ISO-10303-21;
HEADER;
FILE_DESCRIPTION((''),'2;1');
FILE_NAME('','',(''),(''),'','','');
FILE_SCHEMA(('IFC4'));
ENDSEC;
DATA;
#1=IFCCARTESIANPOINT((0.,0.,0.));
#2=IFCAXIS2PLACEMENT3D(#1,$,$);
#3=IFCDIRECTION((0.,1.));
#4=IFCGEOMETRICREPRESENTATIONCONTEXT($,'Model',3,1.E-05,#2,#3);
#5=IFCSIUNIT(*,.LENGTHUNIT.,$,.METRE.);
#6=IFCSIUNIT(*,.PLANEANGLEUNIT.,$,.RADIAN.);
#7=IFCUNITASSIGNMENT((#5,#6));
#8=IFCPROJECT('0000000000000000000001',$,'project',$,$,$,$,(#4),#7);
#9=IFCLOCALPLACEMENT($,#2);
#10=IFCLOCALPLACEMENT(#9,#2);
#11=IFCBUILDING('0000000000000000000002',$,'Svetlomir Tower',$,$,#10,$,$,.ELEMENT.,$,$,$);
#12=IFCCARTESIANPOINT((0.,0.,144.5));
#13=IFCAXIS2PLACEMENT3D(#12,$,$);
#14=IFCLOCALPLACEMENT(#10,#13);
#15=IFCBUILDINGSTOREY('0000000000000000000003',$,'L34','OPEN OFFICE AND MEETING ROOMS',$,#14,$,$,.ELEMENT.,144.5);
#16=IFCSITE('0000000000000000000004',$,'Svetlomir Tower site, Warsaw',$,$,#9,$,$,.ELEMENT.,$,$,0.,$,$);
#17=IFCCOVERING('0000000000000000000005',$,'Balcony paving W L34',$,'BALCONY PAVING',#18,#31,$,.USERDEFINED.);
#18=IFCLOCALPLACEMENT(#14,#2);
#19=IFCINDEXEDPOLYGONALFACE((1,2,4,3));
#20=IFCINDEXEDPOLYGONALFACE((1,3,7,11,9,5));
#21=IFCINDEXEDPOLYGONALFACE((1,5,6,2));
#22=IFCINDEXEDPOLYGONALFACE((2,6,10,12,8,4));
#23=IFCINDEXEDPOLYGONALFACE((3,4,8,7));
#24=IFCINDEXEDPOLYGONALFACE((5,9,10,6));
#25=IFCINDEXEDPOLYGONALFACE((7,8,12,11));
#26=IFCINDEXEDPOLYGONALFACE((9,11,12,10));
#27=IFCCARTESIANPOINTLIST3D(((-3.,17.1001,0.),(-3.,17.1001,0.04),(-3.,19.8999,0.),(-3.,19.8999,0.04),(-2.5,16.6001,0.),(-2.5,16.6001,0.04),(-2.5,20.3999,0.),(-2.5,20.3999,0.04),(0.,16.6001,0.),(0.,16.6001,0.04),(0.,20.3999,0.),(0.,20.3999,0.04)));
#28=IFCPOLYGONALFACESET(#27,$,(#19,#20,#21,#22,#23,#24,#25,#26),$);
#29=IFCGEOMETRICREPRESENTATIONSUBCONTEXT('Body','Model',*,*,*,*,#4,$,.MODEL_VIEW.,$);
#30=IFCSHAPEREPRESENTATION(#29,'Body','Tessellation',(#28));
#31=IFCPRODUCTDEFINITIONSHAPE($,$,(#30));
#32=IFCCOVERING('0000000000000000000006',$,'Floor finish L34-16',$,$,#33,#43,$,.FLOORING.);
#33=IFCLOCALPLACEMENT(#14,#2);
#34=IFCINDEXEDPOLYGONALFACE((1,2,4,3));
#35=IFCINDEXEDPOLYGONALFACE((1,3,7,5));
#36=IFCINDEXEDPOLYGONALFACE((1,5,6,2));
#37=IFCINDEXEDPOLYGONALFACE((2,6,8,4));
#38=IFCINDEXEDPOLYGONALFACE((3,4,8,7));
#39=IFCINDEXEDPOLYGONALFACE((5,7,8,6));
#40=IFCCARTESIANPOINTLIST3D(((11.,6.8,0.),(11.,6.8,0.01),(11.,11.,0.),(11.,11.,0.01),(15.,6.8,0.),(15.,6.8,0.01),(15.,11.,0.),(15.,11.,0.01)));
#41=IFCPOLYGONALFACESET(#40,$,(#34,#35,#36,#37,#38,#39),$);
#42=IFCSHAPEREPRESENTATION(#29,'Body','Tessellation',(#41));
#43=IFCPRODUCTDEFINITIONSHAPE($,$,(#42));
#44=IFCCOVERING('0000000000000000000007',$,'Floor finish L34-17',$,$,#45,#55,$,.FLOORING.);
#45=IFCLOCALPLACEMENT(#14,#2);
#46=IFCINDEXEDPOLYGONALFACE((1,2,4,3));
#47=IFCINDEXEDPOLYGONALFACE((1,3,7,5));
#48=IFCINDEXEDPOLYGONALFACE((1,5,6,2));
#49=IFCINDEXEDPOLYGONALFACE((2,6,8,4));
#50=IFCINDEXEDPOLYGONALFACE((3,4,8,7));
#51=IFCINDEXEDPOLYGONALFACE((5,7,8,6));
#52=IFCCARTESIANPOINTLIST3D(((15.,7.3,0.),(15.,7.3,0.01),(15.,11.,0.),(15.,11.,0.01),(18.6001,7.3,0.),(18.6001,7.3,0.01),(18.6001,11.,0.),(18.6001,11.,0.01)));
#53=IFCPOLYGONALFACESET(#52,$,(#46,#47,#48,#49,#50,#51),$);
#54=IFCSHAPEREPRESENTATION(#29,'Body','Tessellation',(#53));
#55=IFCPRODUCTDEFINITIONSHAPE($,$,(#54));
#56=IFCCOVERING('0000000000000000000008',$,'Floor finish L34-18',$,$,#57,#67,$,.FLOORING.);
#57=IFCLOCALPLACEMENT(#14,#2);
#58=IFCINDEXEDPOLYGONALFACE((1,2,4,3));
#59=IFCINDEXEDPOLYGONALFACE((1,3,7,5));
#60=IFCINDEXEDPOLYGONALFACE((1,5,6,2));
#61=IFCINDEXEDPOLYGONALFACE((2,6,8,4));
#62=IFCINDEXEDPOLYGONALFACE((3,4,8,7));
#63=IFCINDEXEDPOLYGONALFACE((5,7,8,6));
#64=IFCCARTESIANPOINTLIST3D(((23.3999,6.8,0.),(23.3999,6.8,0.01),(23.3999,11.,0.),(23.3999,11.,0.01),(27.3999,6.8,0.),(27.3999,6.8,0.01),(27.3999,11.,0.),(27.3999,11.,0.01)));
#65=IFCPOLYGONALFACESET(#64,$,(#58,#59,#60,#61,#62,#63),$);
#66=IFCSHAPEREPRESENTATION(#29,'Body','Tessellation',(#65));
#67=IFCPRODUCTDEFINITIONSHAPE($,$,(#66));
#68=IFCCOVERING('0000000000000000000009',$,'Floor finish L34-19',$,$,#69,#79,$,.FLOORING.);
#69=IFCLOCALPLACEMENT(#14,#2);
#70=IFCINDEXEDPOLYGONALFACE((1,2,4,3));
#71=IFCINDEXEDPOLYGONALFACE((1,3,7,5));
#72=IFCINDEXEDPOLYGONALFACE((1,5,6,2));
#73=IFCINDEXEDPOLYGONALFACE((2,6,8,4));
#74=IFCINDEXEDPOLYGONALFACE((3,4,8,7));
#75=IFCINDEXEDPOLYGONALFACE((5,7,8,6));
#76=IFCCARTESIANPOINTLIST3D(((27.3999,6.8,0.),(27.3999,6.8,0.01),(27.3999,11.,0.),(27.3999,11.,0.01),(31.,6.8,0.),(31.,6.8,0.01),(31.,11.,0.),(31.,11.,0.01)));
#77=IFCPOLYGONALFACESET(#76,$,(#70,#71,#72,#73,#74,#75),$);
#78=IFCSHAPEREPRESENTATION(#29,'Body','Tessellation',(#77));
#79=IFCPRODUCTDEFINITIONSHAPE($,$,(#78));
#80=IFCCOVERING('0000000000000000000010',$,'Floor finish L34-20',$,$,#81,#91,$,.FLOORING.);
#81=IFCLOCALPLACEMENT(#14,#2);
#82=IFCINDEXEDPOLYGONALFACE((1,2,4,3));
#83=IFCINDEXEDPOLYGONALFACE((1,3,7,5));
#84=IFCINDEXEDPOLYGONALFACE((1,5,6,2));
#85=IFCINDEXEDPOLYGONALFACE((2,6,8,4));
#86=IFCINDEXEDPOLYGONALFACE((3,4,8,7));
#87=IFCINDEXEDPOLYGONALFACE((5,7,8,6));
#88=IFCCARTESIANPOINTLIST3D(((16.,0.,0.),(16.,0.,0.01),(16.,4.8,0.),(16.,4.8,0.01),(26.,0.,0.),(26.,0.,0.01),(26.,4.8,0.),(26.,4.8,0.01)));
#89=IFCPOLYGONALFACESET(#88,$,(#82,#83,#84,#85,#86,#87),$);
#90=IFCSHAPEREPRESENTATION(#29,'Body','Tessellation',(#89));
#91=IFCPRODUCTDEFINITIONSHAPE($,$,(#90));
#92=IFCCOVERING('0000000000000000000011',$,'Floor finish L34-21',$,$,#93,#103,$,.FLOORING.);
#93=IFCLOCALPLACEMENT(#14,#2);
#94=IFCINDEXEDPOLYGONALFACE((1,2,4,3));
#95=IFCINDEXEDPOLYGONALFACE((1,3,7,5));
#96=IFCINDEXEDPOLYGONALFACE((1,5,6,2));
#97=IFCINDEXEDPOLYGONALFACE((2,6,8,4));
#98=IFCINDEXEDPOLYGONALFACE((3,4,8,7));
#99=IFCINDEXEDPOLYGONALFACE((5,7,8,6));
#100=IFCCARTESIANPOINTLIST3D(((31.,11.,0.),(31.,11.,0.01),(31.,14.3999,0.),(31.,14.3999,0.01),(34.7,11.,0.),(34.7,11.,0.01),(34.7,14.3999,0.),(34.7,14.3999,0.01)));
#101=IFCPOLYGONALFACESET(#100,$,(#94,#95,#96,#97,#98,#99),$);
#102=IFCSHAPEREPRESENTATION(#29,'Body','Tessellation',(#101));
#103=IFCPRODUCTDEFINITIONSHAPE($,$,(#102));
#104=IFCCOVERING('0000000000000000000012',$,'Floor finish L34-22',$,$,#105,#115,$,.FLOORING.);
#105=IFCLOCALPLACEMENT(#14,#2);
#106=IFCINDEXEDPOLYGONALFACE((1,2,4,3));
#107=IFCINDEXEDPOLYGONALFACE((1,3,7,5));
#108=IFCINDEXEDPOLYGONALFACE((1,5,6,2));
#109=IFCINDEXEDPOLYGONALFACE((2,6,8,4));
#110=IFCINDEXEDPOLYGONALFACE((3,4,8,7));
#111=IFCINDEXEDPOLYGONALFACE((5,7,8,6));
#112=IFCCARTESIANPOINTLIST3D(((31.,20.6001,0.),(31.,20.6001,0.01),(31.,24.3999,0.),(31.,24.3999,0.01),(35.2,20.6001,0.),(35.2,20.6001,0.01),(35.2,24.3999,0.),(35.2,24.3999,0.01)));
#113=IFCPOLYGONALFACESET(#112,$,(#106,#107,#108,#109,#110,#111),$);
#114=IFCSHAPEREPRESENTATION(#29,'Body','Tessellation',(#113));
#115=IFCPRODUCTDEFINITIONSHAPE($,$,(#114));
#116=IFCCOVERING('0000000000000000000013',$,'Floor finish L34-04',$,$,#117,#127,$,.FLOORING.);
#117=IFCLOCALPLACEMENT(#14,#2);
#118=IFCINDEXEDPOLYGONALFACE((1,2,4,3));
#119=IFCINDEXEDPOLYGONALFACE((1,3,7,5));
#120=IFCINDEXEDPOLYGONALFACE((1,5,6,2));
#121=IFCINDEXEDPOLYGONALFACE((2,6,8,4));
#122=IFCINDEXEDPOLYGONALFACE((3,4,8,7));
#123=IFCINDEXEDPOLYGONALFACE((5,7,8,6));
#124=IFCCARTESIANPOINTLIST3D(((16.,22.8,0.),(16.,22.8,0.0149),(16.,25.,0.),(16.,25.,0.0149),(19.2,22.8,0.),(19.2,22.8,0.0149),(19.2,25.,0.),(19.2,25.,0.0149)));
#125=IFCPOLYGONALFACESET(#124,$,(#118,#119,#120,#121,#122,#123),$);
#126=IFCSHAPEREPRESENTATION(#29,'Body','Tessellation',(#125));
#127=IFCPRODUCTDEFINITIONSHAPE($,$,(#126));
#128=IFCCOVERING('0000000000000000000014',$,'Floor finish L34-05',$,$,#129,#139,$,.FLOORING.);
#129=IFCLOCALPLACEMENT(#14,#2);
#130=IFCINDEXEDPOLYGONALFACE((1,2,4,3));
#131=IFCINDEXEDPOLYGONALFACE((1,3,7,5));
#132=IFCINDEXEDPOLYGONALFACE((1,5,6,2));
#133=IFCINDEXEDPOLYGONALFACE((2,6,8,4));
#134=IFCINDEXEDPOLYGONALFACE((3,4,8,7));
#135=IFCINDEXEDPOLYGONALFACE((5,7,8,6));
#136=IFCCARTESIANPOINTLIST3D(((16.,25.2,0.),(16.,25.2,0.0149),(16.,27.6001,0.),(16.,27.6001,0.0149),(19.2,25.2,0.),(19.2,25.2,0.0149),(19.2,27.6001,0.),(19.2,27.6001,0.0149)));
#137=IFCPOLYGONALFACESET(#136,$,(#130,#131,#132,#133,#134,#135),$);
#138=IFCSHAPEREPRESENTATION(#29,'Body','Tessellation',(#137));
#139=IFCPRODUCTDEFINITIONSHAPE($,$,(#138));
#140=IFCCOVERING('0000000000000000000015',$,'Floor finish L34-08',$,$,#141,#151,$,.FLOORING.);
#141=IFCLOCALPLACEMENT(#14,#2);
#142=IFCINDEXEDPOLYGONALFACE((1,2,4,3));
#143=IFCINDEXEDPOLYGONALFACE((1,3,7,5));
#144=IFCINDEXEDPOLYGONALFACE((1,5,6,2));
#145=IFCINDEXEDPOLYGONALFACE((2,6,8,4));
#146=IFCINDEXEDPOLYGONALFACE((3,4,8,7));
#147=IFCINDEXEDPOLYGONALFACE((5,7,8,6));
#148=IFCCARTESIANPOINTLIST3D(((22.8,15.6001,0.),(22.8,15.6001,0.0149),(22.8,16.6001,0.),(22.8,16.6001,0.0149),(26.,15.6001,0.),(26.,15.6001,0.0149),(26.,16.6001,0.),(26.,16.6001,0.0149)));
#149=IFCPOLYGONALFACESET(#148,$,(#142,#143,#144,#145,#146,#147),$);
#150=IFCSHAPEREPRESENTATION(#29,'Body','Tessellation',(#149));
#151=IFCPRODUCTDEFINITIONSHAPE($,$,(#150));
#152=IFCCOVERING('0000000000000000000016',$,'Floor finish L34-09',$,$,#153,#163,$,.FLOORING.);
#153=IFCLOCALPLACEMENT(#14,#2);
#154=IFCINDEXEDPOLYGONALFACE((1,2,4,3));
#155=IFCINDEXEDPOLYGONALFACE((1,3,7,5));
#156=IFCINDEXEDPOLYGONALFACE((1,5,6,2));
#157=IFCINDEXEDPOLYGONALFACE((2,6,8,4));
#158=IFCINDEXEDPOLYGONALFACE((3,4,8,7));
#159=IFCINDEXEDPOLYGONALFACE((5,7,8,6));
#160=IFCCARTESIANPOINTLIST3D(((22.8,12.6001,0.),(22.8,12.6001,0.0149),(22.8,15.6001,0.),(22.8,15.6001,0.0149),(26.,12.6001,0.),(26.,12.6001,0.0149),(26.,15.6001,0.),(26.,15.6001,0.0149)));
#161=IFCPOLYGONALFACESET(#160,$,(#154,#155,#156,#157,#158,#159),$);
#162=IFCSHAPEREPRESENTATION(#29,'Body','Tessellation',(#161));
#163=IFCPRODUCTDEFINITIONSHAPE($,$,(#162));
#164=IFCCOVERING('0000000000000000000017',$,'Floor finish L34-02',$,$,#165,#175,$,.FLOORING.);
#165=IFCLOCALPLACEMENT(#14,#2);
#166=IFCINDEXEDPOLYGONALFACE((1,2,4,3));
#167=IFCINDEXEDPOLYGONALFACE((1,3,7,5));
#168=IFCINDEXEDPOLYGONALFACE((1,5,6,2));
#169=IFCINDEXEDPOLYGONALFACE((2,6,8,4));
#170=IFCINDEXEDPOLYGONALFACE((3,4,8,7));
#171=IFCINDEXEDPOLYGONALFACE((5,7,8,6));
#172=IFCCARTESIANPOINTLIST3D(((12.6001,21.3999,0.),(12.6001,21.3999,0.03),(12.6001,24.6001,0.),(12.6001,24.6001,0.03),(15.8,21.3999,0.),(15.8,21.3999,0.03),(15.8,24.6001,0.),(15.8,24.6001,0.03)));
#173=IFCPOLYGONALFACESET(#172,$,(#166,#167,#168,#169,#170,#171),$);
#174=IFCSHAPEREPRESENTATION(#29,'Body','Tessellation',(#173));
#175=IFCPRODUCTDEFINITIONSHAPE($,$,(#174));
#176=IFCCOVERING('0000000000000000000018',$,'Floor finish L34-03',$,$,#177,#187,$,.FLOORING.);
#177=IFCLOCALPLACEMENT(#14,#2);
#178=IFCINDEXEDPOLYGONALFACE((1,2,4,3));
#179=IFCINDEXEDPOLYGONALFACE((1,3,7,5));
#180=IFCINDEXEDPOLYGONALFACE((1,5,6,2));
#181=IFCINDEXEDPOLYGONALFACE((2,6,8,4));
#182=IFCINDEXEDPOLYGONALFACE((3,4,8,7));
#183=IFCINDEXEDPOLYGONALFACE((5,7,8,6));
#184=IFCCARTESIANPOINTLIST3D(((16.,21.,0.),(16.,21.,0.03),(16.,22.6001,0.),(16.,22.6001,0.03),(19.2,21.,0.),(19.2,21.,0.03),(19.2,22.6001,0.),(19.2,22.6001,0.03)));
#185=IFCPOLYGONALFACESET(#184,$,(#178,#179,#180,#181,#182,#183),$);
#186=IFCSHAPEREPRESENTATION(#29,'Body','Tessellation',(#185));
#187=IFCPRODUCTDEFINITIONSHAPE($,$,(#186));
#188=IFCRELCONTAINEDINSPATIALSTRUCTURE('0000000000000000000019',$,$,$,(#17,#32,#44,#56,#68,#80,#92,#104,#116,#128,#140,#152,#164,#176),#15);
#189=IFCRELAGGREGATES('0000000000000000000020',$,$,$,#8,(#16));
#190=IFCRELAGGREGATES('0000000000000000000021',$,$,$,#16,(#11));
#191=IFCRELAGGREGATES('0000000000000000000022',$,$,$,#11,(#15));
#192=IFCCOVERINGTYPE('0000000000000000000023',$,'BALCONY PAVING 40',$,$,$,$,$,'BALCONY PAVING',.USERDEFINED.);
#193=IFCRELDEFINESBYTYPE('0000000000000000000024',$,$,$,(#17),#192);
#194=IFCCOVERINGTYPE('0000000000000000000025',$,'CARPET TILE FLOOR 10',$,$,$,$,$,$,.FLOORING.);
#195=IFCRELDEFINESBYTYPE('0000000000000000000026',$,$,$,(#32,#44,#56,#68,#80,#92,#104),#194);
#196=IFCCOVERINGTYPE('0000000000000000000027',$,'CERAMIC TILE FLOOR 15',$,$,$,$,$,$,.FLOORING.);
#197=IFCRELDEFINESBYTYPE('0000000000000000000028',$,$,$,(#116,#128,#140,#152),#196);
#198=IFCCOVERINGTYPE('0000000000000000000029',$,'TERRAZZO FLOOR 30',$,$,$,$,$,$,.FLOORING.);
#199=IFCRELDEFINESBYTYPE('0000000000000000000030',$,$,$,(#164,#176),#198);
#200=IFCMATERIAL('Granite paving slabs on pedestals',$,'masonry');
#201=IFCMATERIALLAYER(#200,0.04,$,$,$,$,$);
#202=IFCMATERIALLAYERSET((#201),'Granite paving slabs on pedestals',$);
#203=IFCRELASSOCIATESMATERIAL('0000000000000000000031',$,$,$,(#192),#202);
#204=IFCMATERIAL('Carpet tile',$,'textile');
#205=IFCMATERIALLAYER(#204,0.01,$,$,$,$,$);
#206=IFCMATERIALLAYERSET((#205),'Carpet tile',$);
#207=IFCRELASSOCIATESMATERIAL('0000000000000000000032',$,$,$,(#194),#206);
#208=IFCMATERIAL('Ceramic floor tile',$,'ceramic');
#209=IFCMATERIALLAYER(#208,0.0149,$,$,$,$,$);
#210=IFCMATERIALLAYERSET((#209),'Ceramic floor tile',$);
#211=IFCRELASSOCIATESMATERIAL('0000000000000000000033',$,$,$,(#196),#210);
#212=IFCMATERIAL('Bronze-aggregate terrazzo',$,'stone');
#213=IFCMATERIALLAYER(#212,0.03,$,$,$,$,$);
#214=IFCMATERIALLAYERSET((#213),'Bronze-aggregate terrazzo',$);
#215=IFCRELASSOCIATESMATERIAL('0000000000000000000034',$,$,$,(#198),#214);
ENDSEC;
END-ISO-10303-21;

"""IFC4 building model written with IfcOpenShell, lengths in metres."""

from ifc_helpers import new_model, si_unit, direction, frame, origin, place, context, subcontext, project, spatial, polyline, outline, extrude, material, layer, layer_set, type_object, element, save


model = new_model("IFC4")

# Units and contexts
model_context = context("Model", 3, precision=1e-05, world=origin(), true_north=direction((0.0, 1.0)))
body_context = subcontext(model_context, "Body", "Model", "MODEL_VIEW")
ifc_project = project(units=[si_unit("LENGTHUNIT", "METRE"), si_unit("PLANEANGLEUNIT", "RADIAN")], contexts=[model_context])

# Site, building, storey
site_placement = place(None, origin())
site = spatial("IfcSite", under=ifc_project, at=site_placement, Name="Svetlomir Tower site, Warsaw", CompositionType="ELEMENT", RefElevation=0.0)
building_placement = place(site_placement, origin())
building = spatial("IfcBuilding", under=site, at=building_placement, Name="Svetlomir Tower", CompositionType="ELEMENT")
storey_placement = place(building_placement, frame((0.0, 0.0, 144.5)))
storey = spatial("IfcBuildingStorey", under=building, at=storey_placement, Name="L34", Description="OPEN OFFICE AND MEETING ROOMS", CompositionType="ELEMENT", Elevation=144.5)

# Coverings
ifc_material_1 = material(Name="Granite paving slabs on pedestals", Category="masonry")
ifc_layer_1 = layer(ifc_material_1, 0.04)
ifc_layer_set_1 = layer_set([ifc_layer_1], Name="Granite paving slabs on pedestals")
covering_type_1 = type_object("IfcCoveringType", Name="BALCONY PAVING 40", ElementType="BALCONY PAVING", PredefinedType="USERDEFINED", material=ifc_layer_set_1)
covering_1_placement = place(storey_placement, origin())
element("IfcCovering", 1, at=covering_1_placement, inside=storey, type_object=covering_type_1, Name="Balcony paving W L34", ObjectType="BALCONY PAVING", PredefinedType="USERDEFINED", context=body_context, shape_type="SweptSolid", body=[
    extrude(outline(polyline([(-2.5, 16.6001), (0.0, 16.6001), (0.0, 20.3999), (-2.5, 20.3999), (-3.0, 19.8999), (-3.0, 17.1001), (-2.5, 16.6001)])), origin(), (0.0, 0.0, 1.0), 0.04),
])
ifc_material_2 = material(Name="Carpet tile", Category="textile")
ifc_layer_2 = layer(ifc_material_2, 0.01)
ifc_layer_set_2 = layer_set([ifc_layer_2], Name="Carpet tile")
covering_type_2 = type_object("IfcCoveringType", Name="CARPET TILE FLOOR 10", PredefinedType="FLOORING", material=ifc_layer_set_2)
covering_2_placement = place(storey_placement, origin())
element("IfcCovering", 2, at=covering_2_placement, inside=storey, type_object=covering_type_2, Name="Floor finish L34-16", PredefinedType="FLOORING", context=body_context, shape_type="SweptSolid", body=[
    extrude(outline(polyline([(11.0, 6.8), (15.0, 6.8), (15.0, 11.0), (11.0, 11.0), (11.0, 6.8)])), origin(), (0.0, 0.0, 1.0), 0.01),
])
covering_3_placement = place(storey_placement, origin())
element("IfcCovering", 3, at=covering_3_placement, inside=storey, type_object=covering_type_2, Name="Floor finish L34-17", PredefinedType="FLOORING", context=body_context, shape_type="SweptSolid", body=[
    extrude(outline(polyline([(15.0, 7.3), (18.6001, 7.3), (18.6001, 11.0), (15.0, 11.0), (15.0, 7.3)])), origin(), (0.0, 0.0, 1.0), 0.01),
])
covering_4_placement = place(storey_placement, origin())
element("IfcCovering", 4, at=covering_4_placement, inside=storey, type_object=covering_type_2, Name="Floor finish L34-18", PredefinedType="FLOORING", context=body_context, shape_type="SweptSolid", body=[
    extrude(outline(polyline([(23.3999, 6.8), (27.3999, 6.8), (27.3999, 11.0), (23.3999, 11.0), (23.3999, 6.8)])), origin(), (0.0, 0.0, 1.0), 0.01),
])
covering_5_placement = place(storey_placement, origin())
element("IfcCovering", 5, at=covering_5_placement, inside=storey, type_object=covering_type_2, Name="Floor finish L34-19", PredefinedType="FLOORING", context=body_context, shape_type="SweptSolid", body=[
    extrude(outline(polyline([(27.3999, 6.8), (31.0, 6.8), (31.0, 11.0), (27.3999, 11.0), (27.3999, 6.8)])), origin(), (0.0, 0.0, 1.0), 0.01),
])
covering_6_placement = place(storey_placement, origin())
element("IfcCovering", 6, at=covering_6_placement, inside=storey, type_object=covering_type_2, Name="Floor finish L34-20", PredefinedType="FLOORING", context=body_context, shape_type="SweptSolid", body=[
    extrude(outline(polyline([(16.0, 0.0), (26.0, 0.0), (26.0, 4.8), (16.0, 4.8), (16.0, 0.0)])), origin(), (0.0, 0.0, 1.0), 0.01),
])
covering_7_placement = place(storey_placement, origin())
element("IfcCovering", 7, at=covering_7_placement, inside=storey, type_object=covering_type_2, Name="Floor finish L34-21", PredefinedType="FLOORING", context=body_context, shape_type="SweptSolid", body=[
    extrude(outline(polyline([(31.0, 11.0), (34.7, 11.0), (34.7, 14.3999), (31.0, 14.3999), (31.0, 11.0)])), origin(), (0.0, 0.0, 1.0), 0.01),
])
covering_8_placement = place(storey_placement, origin())
element("IfcCovering", 8, at=covering_8_placement, inside=storey, type_object=covering_type_2, Name="Floor finish L34-22", PredefinedType="FLOORING", context=body_context, shape_type="SweptSolid", body=[
    extrude(outline(polyline([(31.0, 20.6001), (35.2, 20.6001), (35.2, 24.3999), (31.0, 24.3999), (31.0, 20.6001)])), origin(), (0.0, 0.0, 1.0), 0.01),
])
ifc_material_3 = material(Name="Ceramic floor tile", Category="ceramic")
ifc_layer_3 = layer(ifc_material_3, 0.0149)
ifc_layer_set_3 = layer_set([ifc_layer_3], Name="Ceramic floor tile")
covering_type_3 = type_object("IfcCoveringType", Name="CERAMIC TILE FLOOR 15", PredefinedType="FLOORING", material=ifc_layer_set_3)
covering_9_placement = place(storey_placement, origin())
element("IfcCovering", 9, at=covering_9_placement, inside=storey, type_object=covering_type_3, Name="Floor finish L34-04", PredefinedType="FLOORING", context=body_context, shape_type="SweptSolid", body=[
    extrude(outline(polyline([(16.0, 22.8), (19.2, 22.8), (19.2, 25.0), (16.0, 25.0), (16.0, 22.8)])), origin(), (0.0, 0.0, 1.0), 0.0149),
])
covering_10_placement = place(storey_placement, origin())
element("IfcCovering", 10, at=covering_10_placement, inside=storey, type_object=covering_type_3, Name="Floor finish L34-05", PredefinedType="FLOORING", context=body_context, shape_type="SweptSolid", body=[
    extrude(outline(polyline([(16.0, 25.2), (19.2, 25.2), (19.2, 27.6001), (16.0, 27.6001), (16.0, 25.2)])), origin(), (0.0, 0.0, 1.0), 0.0149),
])
covering_11_placement = place(storey_placement, origin())
element("IfcCovering", 11, at=covering_11_placement, inside=storey, type_object=covering_type_3, Name="Floor finish L34-08", PredefinedType="FLOORING", context=body_context, shape_type="SweptSolid", body=[
    extrude(outline(polyline([(22.8, 15.6001), (26.0, 15.6001), (26.0, 16.6001), (22.8, 16.6001), (22.8, 15.6001)])), origin(), (0.0, 0.0, 1.0), 0.0149),
])
covering_12_placement = place(storey_placement, origin())
element("IfcCovering", 12, at=covering_12_placement, inside=storey, type_object=covering_type_3, Name="Floor finish L34-09", PredefinedType="FLOORING", context=body_context, shape_type="SweptSolid", body=[
    extrude(outline(polyline([(22.8, 12.6001), (26.0, 12.6001), (26.0, 15.6001), (22.8, 15.6001), (22.8, 12.6001)])), origin(), (0.0, 0.0, 1.0), 0.0149),
])
ifc_material_4 = material(Name="Bronze-aggregate terrazzo", Category="stone")
ifc_layer_4 = layer(ifc_material_4, 0.03)
ifc_layer_set_4 = layer_set([ifc_layer_4], Name="Bronze-aggregate terrazzo")
covering_type_4 = type_object("IfcCoveringType", Name="TERRAZZO FLOOR 30", PredefinedType="FLOORING", material=ifc_layer_set_4)
covering_13_placement = place(storey_placement, origin())
element("IfcCovering", 13, at=covering_13_placement, inside=storey, type_object=covering_type_4, Name="Floor finish L34-02", PredefinedType="FLOORING", context=body_context, shape_type="SweptSolid", body=[
    extrude(outline(polyline([(12.6001, 21.3999), (15.8, 21.3999), (15.8, 24.6001), (12.6001, 24.6001), (12.6001, 21.3999)])), origin(), (0.0, 0.0, 1.0), 0.03),
])
covering_14_placement = place(storey_placement, origin())
element("IfcCovering", 14, at=covering_14_placement, inside=storey, type_object=covering_type_4, Name="Floor finish L34-03", PredefinedType="FLOORING", context=body_context, shape_type="SweptSolid", body=[
    extrude(outline(polyline([(16.0, 21.0), (19.2, 21.0), (19.2, 22.6001), (16.0, 22.6001), (16.0, 21.0)])), origin(), (0.0, 0.0, 1.0), 0.03),
])

save(model, "model.ifc")
